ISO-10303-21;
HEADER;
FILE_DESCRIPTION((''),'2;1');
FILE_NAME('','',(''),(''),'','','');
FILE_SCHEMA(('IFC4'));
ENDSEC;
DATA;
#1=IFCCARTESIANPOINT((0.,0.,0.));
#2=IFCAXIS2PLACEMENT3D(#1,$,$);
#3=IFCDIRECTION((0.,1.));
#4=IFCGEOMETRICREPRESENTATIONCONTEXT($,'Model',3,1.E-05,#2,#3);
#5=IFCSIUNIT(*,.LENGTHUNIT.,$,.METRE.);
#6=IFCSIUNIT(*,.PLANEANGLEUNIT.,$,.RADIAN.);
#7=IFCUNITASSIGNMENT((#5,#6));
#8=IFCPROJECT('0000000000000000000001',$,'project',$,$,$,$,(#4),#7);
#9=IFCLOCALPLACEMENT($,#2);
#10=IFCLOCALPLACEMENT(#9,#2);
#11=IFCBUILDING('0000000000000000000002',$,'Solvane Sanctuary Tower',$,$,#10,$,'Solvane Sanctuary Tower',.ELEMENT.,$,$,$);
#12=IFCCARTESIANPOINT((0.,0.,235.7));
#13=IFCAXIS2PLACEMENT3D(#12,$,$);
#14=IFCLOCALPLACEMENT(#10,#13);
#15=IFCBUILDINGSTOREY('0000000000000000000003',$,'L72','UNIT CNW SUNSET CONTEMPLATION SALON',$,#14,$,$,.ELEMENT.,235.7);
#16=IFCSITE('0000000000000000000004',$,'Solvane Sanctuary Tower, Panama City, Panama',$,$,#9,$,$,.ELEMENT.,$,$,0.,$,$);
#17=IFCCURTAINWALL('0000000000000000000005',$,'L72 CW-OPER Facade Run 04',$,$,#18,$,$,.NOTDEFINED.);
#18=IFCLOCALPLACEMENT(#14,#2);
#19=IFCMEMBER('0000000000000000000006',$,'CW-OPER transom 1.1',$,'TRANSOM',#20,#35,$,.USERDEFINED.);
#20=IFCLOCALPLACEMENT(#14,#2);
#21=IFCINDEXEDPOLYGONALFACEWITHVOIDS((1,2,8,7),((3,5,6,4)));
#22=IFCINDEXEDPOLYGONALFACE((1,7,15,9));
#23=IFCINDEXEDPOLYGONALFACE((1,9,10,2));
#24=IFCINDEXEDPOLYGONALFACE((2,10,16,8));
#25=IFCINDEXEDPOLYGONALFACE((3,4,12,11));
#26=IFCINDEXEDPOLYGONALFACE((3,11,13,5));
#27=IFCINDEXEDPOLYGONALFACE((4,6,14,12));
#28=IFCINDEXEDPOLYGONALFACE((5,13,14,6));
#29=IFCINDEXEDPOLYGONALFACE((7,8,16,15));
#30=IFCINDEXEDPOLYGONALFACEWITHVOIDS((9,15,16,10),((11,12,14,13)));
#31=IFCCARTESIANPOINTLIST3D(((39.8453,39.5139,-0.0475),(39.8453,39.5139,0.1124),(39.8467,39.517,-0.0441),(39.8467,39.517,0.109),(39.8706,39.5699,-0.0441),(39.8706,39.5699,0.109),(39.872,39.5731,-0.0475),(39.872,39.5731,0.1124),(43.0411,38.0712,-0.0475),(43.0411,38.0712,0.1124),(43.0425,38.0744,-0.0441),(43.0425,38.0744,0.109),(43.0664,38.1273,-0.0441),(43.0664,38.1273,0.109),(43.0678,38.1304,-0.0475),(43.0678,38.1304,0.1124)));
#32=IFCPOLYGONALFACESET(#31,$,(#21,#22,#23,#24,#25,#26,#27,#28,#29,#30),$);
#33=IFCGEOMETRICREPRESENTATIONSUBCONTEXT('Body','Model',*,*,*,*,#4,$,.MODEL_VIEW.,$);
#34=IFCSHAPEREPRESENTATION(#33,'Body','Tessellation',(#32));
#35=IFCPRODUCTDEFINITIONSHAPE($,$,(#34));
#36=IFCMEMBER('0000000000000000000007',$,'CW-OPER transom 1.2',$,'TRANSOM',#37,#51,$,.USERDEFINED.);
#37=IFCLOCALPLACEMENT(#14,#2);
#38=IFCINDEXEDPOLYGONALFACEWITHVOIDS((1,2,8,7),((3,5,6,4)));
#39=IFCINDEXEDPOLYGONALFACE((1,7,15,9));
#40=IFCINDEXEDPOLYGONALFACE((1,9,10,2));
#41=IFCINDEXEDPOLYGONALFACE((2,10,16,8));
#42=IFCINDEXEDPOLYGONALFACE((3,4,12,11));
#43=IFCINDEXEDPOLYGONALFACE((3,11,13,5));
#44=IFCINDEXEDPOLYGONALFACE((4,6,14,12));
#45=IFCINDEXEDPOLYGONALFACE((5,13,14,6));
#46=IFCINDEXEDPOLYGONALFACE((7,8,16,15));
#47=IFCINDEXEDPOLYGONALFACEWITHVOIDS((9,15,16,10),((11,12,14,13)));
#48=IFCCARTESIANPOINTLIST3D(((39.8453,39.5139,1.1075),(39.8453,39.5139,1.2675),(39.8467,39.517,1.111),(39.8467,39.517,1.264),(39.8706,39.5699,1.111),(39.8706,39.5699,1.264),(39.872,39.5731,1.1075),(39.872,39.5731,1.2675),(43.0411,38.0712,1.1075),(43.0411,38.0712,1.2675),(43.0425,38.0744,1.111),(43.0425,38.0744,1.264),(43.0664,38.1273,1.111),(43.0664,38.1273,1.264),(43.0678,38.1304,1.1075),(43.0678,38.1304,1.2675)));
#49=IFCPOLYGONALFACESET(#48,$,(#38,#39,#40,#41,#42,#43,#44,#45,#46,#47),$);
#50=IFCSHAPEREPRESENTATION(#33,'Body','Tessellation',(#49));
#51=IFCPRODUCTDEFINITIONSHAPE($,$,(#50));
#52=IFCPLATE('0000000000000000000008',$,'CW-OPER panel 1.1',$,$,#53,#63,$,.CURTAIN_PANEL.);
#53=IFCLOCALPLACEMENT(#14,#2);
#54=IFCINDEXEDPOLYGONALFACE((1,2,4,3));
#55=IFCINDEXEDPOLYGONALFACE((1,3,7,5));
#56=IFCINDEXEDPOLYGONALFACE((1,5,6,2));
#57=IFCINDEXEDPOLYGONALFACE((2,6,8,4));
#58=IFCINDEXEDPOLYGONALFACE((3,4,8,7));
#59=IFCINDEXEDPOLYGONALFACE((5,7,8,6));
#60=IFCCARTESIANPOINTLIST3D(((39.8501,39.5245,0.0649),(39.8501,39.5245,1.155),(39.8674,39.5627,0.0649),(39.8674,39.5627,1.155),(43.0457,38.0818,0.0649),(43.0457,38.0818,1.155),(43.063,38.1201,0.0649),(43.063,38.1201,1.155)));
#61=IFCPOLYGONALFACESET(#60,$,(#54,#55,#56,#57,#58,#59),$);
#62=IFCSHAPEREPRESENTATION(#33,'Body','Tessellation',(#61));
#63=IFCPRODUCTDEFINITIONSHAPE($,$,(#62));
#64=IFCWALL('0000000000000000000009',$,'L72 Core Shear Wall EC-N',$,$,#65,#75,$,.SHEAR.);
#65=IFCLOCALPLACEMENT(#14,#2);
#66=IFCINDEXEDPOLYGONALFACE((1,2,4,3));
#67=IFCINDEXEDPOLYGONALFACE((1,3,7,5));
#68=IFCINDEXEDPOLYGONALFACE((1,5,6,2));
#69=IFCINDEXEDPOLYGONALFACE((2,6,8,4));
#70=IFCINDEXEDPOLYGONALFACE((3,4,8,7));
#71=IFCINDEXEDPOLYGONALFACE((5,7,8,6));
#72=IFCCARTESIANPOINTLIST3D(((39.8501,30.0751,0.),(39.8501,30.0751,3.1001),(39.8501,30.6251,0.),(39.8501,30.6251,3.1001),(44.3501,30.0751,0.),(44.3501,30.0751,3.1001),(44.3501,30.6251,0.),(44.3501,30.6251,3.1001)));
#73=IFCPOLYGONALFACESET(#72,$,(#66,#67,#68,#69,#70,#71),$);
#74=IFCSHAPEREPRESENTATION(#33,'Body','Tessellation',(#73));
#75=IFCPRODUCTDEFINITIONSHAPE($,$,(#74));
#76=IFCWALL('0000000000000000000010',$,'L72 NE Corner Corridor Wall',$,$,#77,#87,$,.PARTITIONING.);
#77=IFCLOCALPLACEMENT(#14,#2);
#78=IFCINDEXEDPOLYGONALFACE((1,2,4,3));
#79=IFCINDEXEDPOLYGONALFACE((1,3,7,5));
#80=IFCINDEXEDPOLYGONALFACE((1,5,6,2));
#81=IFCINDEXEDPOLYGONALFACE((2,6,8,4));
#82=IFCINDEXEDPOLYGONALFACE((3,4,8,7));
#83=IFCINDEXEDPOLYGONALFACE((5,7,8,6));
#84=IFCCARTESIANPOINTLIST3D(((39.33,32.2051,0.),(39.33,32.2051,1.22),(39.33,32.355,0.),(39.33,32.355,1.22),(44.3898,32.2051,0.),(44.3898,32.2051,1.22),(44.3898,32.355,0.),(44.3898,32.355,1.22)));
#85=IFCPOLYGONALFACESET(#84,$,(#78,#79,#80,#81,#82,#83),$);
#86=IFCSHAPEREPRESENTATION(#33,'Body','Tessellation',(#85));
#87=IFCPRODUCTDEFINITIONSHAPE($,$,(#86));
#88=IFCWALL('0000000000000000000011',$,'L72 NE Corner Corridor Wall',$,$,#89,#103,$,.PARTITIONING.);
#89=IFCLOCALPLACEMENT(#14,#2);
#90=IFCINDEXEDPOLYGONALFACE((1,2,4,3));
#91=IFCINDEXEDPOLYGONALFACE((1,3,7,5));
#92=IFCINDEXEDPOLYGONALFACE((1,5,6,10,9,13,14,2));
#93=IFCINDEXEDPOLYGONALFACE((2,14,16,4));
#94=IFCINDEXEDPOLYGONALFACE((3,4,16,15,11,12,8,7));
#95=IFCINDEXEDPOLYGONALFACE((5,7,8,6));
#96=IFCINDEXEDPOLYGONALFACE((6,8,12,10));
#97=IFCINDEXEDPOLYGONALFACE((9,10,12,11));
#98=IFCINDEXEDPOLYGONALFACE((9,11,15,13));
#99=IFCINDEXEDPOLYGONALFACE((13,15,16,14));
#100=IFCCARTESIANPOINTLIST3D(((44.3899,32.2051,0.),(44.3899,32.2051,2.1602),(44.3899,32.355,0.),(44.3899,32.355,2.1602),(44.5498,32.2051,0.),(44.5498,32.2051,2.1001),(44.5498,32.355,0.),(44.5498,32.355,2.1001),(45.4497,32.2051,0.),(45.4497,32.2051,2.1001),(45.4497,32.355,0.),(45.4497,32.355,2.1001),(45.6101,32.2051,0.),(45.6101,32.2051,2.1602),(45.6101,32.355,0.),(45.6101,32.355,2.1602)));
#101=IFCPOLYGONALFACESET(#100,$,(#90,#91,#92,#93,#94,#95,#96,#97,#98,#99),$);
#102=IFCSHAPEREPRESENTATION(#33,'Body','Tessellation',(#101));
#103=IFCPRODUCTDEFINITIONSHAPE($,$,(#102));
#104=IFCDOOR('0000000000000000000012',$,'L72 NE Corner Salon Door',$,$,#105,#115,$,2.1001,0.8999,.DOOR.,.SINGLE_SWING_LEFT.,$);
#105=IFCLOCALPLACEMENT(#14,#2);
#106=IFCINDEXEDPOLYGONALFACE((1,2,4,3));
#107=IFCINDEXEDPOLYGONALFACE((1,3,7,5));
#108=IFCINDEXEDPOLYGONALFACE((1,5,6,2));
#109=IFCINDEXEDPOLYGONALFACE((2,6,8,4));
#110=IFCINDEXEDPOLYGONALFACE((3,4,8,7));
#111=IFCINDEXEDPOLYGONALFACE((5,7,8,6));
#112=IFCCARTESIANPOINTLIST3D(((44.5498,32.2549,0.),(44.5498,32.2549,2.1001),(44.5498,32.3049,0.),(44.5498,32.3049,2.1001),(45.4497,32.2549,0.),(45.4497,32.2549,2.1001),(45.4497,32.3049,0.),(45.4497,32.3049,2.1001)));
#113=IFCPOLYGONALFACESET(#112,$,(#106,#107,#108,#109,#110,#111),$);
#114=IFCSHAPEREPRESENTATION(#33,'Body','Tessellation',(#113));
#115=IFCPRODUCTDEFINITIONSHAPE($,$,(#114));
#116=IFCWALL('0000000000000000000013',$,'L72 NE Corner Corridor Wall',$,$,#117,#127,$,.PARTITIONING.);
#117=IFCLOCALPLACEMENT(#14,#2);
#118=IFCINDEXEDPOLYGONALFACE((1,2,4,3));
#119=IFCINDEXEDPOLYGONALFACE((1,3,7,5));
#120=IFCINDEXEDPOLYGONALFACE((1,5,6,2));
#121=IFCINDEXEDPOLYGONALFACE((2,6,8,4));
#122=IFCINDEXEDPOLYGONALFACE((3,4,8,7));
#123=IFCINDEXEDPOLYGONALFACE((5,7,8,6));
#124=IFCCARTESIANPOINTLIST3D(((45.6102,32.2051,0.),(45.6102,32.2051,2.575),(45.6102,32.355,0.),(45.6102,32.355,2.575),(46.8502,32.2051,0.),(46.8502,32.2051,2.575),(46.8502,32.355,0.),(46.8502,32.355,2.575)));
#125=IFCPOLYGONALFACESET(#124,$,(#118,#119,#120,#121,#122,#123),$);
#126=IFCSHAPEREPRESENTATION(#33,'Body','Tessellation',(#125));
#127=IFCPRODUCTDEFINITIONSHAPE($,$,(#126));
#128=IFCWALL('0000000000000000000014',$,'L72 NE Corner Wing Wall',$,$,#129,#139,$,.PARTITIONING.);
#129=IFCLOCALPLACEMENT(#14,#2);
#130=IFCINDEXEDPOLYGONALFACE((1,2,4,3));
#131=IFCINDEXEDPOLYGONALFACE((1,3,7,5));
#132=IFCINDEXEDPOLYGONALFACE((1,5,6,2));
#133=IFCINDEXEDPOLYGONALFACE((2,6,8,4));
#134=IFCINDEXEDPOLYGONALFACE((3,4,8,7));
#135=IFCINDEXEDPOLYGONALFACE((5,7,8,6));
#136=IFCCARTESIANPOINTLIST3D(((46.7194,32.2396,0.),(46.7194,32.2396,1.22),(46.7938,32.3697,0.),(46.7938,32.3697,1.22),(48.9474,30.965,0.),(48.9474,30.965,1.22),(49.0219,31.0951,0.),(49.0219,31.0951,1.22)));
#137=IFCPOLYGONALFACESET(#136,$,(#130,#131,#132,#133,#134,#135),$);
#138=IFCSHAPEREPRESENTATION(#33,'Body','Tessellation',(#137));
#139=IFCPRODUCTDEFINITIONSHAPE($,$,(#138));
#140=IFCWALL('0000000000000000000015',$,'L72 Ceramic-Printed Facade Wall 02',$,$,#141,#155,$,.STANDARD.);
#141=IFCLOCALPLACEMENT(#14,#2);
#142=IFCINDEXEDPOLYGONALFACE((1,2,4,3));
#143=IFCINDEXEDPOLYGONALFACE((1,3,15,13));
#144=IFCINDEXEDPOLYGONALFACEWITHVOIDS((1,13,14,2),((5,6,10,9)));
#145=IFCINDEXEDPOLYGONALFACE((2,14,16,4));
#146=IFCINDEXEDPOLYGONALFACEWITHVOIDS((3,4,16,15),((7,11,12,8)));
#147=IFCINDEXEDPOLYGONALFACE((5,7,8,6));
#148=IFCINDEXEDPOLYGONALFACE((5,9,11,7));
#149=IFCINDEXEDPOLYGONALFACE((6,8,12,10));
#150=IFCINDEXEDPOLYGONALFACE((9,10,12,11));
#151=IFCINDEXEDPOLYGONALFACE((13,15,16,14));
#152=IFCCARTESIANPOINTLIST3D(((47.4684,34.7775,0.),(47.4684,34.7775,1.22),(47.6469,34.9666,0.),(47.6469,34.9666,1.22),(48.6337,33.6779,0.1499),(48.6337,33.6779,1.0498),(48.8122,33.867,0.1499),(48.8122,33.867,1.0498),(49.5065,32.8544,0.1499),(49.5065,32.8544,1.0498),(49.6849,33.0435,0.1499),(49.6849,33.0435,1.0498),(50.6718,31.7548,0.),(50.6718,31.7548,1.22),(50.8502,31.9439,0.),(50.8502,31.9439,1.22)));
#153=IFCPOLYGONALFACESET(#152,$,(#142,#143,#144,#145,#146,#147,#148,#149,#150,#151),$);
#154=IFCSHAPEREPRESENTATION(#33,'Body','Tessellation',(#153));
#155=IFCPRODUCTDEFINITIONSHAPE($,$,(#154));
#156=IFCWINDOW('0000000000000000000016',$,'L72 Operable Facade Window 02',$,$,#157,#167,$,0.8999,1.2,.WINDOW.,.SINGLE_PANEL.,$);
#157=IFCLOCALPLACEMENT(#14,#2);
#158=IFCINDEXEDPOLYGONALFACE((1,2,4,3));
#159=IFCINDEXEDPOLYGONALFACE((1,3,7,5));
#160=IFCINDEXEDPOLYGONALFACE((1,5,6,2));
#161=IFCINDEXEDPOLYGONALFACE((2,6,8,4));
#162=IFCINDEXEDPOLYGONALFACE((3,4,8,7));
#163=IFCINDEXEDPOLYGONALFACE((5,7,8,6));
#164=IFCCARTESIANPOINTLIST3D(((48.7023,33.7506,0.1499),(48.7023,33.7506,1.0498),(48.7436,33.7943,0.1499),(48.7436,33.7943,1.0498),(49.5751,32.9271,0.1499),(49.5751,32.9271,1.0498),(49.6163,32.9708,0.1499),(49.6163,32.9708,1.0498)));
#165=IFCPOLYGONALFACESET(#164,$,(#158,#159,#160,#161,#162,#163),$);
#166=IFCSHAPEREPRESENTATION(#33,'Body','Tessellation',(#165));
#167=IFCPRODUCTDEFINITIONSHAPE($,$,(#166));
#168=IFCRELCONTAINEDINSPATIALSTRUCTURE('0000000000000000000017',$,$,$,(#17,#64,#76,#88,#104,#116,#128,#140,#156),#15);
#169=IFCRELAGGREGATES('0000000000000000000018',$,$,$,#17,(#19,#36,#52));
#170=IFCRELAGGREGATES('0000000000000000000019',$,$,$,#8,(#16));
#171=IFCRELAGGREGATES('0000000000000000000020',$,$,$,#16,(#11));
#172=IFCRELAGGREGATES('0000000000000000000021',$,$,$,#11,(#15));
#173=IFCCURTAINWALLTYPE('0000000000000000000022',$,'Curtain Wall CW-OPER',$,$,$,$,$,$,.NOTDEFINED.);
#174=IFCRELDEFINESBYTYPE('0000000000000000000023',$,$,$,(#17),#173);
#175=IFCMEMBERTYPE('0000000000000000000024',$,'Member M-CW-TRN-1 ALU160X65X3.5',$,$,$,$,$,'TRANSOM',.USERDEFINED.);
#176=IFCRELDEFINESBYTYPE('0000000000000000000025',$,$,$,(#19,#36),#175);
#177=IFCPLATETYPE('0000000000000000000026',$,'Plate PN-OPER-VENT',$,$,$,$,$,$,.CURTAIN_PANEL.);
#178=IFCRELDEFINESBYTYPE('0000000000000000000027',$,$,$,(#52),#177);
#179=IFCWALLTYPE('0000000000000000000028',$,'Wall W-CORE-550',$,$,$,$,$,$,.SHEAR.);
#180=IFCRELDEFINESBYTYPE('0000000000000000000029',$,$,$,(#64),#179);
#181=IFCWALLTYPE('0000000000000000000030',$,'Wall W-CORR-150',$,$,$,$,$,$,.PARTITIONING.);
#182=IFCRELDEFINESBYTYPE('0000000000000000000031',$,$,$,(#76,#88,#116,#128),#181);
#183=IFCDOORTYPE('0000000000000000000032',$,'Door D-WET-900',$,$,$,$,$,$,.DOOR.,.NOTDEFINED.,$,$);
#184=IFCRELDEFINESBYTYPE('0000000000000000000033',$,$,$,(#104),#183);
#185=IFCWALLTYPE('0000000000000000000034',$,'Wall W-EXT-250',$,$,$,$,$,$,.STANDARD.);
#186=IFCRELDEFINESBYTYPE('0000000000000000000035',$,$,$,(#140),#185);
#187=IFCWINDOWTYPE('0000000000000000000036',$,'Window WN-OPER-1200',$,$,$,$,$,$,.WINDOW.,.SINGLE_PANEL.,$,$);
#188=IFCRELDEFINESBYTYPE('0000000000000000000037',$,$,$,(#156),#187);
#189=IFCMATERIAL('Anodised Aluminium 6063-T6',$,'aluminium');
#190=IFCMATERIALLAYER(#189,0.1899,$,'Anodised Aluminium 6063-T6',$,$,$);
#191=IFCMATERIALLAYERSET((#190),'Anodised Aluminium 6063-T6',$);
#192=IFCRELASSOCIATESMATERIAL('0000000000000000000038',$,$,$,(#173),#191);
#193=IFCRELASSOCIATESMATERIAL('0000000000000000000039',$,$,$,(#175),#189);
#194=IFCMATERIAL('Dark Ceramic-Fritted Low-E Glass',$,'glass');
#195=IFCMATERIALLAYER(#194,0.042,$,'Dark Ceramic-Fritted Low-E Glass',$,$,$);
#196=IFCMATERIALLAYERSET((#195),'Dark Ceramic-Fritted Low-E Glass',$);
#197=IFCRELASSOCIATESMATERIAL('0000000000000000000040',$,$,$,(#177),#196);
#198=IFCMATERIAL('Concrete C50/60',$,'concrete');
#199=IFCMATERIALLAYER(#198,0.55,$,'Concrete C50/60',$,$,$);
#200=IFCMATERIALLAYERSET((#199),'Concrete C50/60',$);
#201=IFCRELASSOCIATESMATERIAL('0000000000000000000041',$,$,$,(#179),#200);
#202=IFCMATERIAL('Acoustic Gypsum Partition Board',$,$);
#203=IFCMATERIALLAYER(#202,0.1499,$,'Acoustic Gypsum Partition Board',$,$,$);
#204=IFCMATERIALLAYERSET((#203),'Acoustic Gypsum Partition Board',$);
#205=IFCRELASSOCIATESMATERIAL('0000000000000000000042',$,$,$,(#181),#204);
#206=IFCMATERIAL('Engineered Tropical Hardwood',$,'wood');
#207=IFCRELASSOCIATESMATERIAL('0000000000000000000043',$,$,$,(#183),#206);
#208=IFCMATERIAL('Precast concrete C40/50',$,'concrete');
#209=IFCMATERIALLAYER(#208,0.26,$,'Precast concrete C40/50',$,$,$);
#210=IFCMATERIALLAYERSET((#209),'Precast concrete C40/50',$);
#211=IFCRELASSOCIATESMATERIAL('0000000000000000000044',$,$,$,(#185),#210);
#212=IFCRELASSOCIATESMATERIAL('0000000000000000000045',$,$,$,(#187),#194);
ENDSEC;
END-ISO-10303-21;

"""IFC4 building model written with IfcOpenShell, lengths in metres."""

from ifc_helpers import new_model, si_unit, direction, frame, frame_2d, origin, origin_2d, place, context, subcontext, project, spatial, rectangle, hollow_rectangle, extrude, material, layer, layer_set, material_profile, profile_set, type_object, element, fill, aggregate, save


model = new_model("IFC4")

# Units and contexts
model_context = context("Model", 3, precision=1e-05, world=origin(), true_north=direction((0.0, 1.0)))
body_context = subcontext(model_context, "Body", "Model", "MODEL_VIEW")
ifc_project = project(units=[si_unit("LENGTHUNIT", "METRE"), si_unit("PLANEANGLEUNIT", "RADIAN")], contexts=[model_context])

# Site, building, storey
site_placement = place(None, origin())
site = spatial("IfcSite", under=ifc_project, at=site_placement, Name="Solvane Sanctuary Tower, Panama City, Panama", CompositionType="ELEMENT", RefElevation=0.0)
building_placement = place(site_placement, origin())
building = spatial("IfcBuilding", under=site, at=building_placement, Name="Solvane Sanctuary Tower", LongName="Solvane Sanctuary Tower", CompositionType="ELEMENT")
storey_placement = place(building_placement, frame((0.0, 0.0, 235.7)))
storey = spatial("IfcBuildingStorey", under=building, at=storey_placement, Name="L72", Description="UNIT CNW SUNSET CONTEMPLATION SALON", CompositionType="ELEMENT", Elevation=235.7)

# Shared definitions
ifc_material_1 = material(Name="Concrete C50/60", Category="concrete")

# Curtain wall, members, plate
ifc_material_2 = material(Name="Anodised Aluminium 6063-T6", Category="aluminium")
ifc_layer_1 = layer(ifc_material_2, 0.1899, Name="Anodised Aluminium 6063-T6")
ifc_layer_set_1 = layer_set([ifc_layer_1], Name="Anodised Aluminium 6063-T6")
curtain_wall_type = type_object("IfcCurtainWallType", Name="Curtain Wall CW-OPER", PredefinedType="NOTDEFINED", material=ifc_layer_set_1)
curtain_wall_placement = place(storey_placement, origin())
curtain_wall = element("IfcCurtainWall", 1, at=curtain_wall_placement, inside=storey, type_object=curtain_wall_type, Name="L72 CW-OPER Facade Run 04", PredefinedType="NOTDEFINED")
ifc_material_profile_1 = material_profile(ifc_material_2, hollow_rectangle(XDim=0.0649, YDim=0.1599, WallThickness=0.0034, at=origin_2d()), Name="ALU160X65X3.5")
ifc_profile_set_1 = profile_set([ifc_material_profile_1], Name="Anodised Aluminium 6063-T6")
member_type_1 = type_object("IfcMemberType", Name="Member M-CW-TRN-1 ALU160X65X3.5", ElementType="TRANSOM", PredefinedType="USERDEFINED", material=ifc_profile_set_1)
member_1_placement = place(storey_placement, frame((43.0544, 38.1008, 0.0325), z_axis=(-0.911439, 0.411436, 0.0), x_axis=(-0.411436, -0.911439, 0.0)))
member_1 = element("IfcMember", 2, at=member_1_placement, type_object=member_type_1, Name="CW-OPER transom 1.1", ObjectType="TRANSOM", PredefinedType="USERDEFINED", context=body_context, shape_type="SweptSolid", body=[
    extrude(hollow_rectangle(XDim=0.0649, YDim=0.1599, WallThickness=0.0034, at=origin_2d()), origin(), (0.0, 0.0, 1.0), 3.5063),
])
member_2_placement = place(storey_placement, frame((43.0544, 38.1008, 1.1875), z_axis=(-0.911439, 0.411436, 0.0), x_axis=(-0.411436, -0.911439, 0.0)))
member_2 = element("IfcMember", 3, at=member_2_placement, type_object=member_type_1, Name="CW-OPER transom 1.2", ObjectType="TRANSOM", PredefinedType="USERDEFINED", context=body_context, shape_type="SweptSolid", body=[
    extrude(hollow_rectangle(XDim=0.0649, YDim=0.1599, WallThickness=0.0034, at=origin_2d()), origin(), (0.0, 0.0, 1.0), 3.5063),
])
ifc_material_3 = material(Name="Dark Ceramic-Fritted Low-E Glass", Category="glass")
ifc_layer_2 = layer(ifc_material_3, 0.042, Name="Dark Ceramic-Fritted Low-E Glass")
ifc_layer_set_2 = layer_set([ifc_layer_2], Name="Dark Ceramic-Fritted Low-E Glass")
plate_type = type_object("IfcPlateType", Name="Plate PN-OPER-VENT", PredefinedType="CURTAIN_PANEL", material=ifc_layer_set_2)
plate_placement = place(storey_placement, frame((41.4565, 38.8223, 0.0649), z_axis=(0.0, 0.0, 1.0), x_axis=(-0.911423, 0.411471, 0.0)))
plate = element("IfcPlate", 4, at=plate_placement, type_object=plate_type, Name="CW-OPER panel 1.1", PredefinedType="CURTAIN_PANEL", context=body_context, shape_type="SweptSolid", body=[
    extrude(rectangle(XDim=3.5061, YDim=0.042, at=origin_2d()), origin(), (0.0, 0.0, 1.0), 1.0901),
])
aggregate(curtain_wall, [member_1, member_2, plate])

# Walls
ifc_layer_3 = layer(ifc_material_1, 0.55, Name="Concrete C50/60")
ifc_layer_set_3 = layer_set([ifc_layer_3], Name="Concrete C50/60")
wall_type_1 = type_object("IfcWallType", Name="Wall W-CORE-550", PredefinedType="SHEAR", material=ifc_layer_set_3)
wall_1_placement = place(storey_placement, frame((39.8501, 30.3501, 0.0), z_axis=(0.0, 0.0, 1.0), x_axis=(1.0, 0.0, 0.0)))
element("IfcWall", 5, at=wall_1_placement, inside=storey, type_object=wall_type_1, Name="L72 Core Shear Wall EC-N", PredefinedType="SHEAR", context=body_context, shape_type="SweptSolid", body=[
    extrude(rectangle(XDim=4.5, YDim=0.55, at=frame_2d((2.25, 0.0))), origin(), (0.0, 0.0, 1.0), 3.1001),
])
ifc_material_4 = material(Name="Acoustic Gypsum Partition Board")
ifc_layer_4 = layer(ifc_material_4, 0.1499, Name="Acoustic Gypsum Partition Board")
ifc_layer_set_4 = layer_set([ifc_layer_4], Name="Acoustic Gypsum Partition Board")
wall_type_2 = type_object("IfcWallType", Name="Wall W-CORR-150", PredefinedType="PARTITIONING", material=ifc_layer_set_4)
wall_2_placement = place(storey_placement, frame((39.3301, 32.28, 0.0), z_axis=(0.0, 0.0, 1.0), x_axis=(1.0, 0.0, 0.0)))
element("IfcWall", 6, at=wall_2_placement, inside=storey, type_object=wall_type_2, Name="L72 NE Corner Corridor Wall", PredefinedType="PARTITIONING", context=body_context, shape_type="SweptSolid", body=[
    extrude(rectangle(XDim=5.0598, YDim=0.1499, at=frame_2d((2.5298, 0.0))), origin(), (0.0, 0.0, 1.0), 1.22),
])

# Wall, opening, door
wall_3_placement = place(storey_placement, frame((44.3899, 32.28, 0.0), z_axis=(0.0, 0.0, 1.0), x_axis=(1.0, 0.0, 0.0)))
wall_3 = element("IfcWall", 7, at=wall_3_placement, inside=storey, type_object=wall_type_2, Name="L72 NE Corner Corridor Wall", PredefinedType="PARTITIONING", context=body_context, shape_type="SweptSolid", body=[
    extrude(rectangle(XDim=1.2202, YDim=0.1499, at=frame_2d((0.6101, 0.0))), origin(), (0.0, 0.0, 1.0), 2.1602),
])
opening_1_placement = place(wall_3_placement, frame((0.1599, 0.0, 0.0)))
opening_1 = element("IfcOpeningElement", 8, at=opening_1_placement, cuts=wall_3, PredefinedType="OPENING", context=body_context, shape_type="SweptSolid", body=[
    extrude(rectangle(XDim=0.8999, YDim=2.1001, at=frame_2d((0.45, 1.05))), frame((0.0, 0.085, 0.0), z_axis=(0.0, -1.0, 0.0), x_axis=(1.0, 0.0, 0.0)), (0.0, 0.0, 1.0), 0.1699),
])
ifc_material_5 = material(Name="Engineered Tropical Hardwood", Category="wood")
door_type = type_object("IfcDoorType", Name="Door D-WET-900", OperationType="NOTDEFINED", PredefinedType="DOOR", material=ifc_material_5)
door_placement = place(opening_1_placement, origin())
door = element("IfcDoor", 9, at=door_placement, inside=storey, type_object=door_type, Name="L72 NE Corner Salon Door", OperationType="SINGLE_SWING_LEFT", OverallHeight=2.1001, OverallWidth=0.8999, PredefinedType="DOOR", context=body_context, shape_type="SweptSolid", body=[
    extrude(rectangle(XDim=0.8999, YDim=2.1001, at=frame_2d((0.45, 1.05))), frame((0.0, 0.0249, 0.0), z_axis=(0.0, -1.0, 0.0), x_axis=(1.0, 0.0, 0.0)), (0.0, 0.0, 1.0), 0.05),
])
fill(opening_1, door)

# Walls
wall_4_placement = place(storey_placement, frame((45.6101, 32.28, 0.0), z_axis=(0.0, 0.0, 1.0), x_axis=(1.0, 0.0, 0.0)))
element("IfcWall", 10, at=wall_4_placement, inside=storey, type_object=wall_type_2, Name="L72 NE Corner Corridor Wall", PredefinedType="PARTITIONING", context=body_context, shape_type="SweptSolid", body=[
    extrude(rectangle(XDim=1.24, YDim=0.1499, at=frame_2d((0.6201, 0.0))), origin(), (0.0, 0.0, 1.0), 2.575),
])
wall_5_placement = place(storey_placement, frame((46.7566, 32.3047, 0.0), z_axis=(0.0, 0.0, 1.0), x_axis=(0.867991, -0.496579, 0.0)))
element("IfcWall", 11, at=wall_5_placement, inside=storey, type_object=wall_type_2, Name="L72 NE Corner Wing Wall", PredefinedType="PARTITIONING", context=body_context, shape_type="SweptSolid", body=[
    extrude(rectangle(XDim=2.5669, YDim=0.1499, at=frame_2d((1.2834, 0.0))), origin(), (0.0, 0.0, 1.0), 1.22),
])

# Wall, opening, window
ifc_material_6 = material(Name="Precast concrete C40/50", Category="concrete")
ifc_layer_5 = layer(ifc_material_6, 0.26, Name="Precast concrete C40/50")
ifc_layer_set_5 = layer_set([ifc_layer_5], Name="Precast concrete C40/50")
wall_type_3 = type_object("IfcWallType", Name="Wall W-EXT-250", PredefinedType="STANDARD", material=ifc_layer_set_5)
wall_6_placement = place(storey_placement, frame((50.761, 31.8494, 0.0), z_axis=(0.0, 0.0, 1.0), x_axis=(-0.727319, 0.6863, 0.0)))
wall_6 = element("IfcWall", 12, at=wall_6_placement, inside=storey, type_object=wall_type_3, Name="L72 Ceramic-Printed Facade Wall 02", PredefinedType="STANDARD", context=body_context, shape_type="SweptSolid", body=[
    extrude(rectangle(XDim=4.4043, YDim=0.26, at=frame_2d((2.2021, 0.0))), origin(), (0.0, 0.0, 1.0), 1.22),
])
opening_2_placement = place(wall_6_placement, frame((1.6021, 0.0, 0.1499)))
opening_2 = element("IfcOpeningElement", 13, at=opening_2_placement, cuts=wall_6, PredefinedType="OPENING", context=body_context, shape_type="SweptSolid", body=[
    extrude(rectangle(XDim=1.2, YDim=0.8999, at=frame_2d((0.6001, 0.45))), frame((0.0, 0.1399, 0.0), z_axis=(0.0, -1.0, 0.0), x_axis=(1.0, 0.0, 0.0)), (0.0, 0.0, 1.0), 0.28),
])
window_type = type_object("IfcWindowType", Name="Window WN-OPER-1200", PartitioningType="SINGLE_PANEL", PredefinedType="WINDOW", material=ifc_material_3)
window_1_placement = place(opening_2_placement, origin())
window_1 = element("IfcWindow", 14, at=window_1_placement, inside=storey, type_object=window_type, Name="L72 Operable Facade Window 02", OverallHeight=0.8999, OverallWidth=1.2, PartitioningType="SINGLE_PANEL", PredefinedType="WINDOW", context=body_context, shape_type="SweptSolid", body=[
    extrude(rectangle(XDim=1.2, YDim=0.8999, at=frame_2d((0.6001, 0.45))), frame((0.0, 0.03, 0.0), z_axis=(0.0, -1.0, 0.0), x_axis=(1.0, 0.0, 0.0)), (0.0, 0.0, 1.0), 0.0601),
])
fill(opening_2, window_1)

save(model, "model.ifc")
